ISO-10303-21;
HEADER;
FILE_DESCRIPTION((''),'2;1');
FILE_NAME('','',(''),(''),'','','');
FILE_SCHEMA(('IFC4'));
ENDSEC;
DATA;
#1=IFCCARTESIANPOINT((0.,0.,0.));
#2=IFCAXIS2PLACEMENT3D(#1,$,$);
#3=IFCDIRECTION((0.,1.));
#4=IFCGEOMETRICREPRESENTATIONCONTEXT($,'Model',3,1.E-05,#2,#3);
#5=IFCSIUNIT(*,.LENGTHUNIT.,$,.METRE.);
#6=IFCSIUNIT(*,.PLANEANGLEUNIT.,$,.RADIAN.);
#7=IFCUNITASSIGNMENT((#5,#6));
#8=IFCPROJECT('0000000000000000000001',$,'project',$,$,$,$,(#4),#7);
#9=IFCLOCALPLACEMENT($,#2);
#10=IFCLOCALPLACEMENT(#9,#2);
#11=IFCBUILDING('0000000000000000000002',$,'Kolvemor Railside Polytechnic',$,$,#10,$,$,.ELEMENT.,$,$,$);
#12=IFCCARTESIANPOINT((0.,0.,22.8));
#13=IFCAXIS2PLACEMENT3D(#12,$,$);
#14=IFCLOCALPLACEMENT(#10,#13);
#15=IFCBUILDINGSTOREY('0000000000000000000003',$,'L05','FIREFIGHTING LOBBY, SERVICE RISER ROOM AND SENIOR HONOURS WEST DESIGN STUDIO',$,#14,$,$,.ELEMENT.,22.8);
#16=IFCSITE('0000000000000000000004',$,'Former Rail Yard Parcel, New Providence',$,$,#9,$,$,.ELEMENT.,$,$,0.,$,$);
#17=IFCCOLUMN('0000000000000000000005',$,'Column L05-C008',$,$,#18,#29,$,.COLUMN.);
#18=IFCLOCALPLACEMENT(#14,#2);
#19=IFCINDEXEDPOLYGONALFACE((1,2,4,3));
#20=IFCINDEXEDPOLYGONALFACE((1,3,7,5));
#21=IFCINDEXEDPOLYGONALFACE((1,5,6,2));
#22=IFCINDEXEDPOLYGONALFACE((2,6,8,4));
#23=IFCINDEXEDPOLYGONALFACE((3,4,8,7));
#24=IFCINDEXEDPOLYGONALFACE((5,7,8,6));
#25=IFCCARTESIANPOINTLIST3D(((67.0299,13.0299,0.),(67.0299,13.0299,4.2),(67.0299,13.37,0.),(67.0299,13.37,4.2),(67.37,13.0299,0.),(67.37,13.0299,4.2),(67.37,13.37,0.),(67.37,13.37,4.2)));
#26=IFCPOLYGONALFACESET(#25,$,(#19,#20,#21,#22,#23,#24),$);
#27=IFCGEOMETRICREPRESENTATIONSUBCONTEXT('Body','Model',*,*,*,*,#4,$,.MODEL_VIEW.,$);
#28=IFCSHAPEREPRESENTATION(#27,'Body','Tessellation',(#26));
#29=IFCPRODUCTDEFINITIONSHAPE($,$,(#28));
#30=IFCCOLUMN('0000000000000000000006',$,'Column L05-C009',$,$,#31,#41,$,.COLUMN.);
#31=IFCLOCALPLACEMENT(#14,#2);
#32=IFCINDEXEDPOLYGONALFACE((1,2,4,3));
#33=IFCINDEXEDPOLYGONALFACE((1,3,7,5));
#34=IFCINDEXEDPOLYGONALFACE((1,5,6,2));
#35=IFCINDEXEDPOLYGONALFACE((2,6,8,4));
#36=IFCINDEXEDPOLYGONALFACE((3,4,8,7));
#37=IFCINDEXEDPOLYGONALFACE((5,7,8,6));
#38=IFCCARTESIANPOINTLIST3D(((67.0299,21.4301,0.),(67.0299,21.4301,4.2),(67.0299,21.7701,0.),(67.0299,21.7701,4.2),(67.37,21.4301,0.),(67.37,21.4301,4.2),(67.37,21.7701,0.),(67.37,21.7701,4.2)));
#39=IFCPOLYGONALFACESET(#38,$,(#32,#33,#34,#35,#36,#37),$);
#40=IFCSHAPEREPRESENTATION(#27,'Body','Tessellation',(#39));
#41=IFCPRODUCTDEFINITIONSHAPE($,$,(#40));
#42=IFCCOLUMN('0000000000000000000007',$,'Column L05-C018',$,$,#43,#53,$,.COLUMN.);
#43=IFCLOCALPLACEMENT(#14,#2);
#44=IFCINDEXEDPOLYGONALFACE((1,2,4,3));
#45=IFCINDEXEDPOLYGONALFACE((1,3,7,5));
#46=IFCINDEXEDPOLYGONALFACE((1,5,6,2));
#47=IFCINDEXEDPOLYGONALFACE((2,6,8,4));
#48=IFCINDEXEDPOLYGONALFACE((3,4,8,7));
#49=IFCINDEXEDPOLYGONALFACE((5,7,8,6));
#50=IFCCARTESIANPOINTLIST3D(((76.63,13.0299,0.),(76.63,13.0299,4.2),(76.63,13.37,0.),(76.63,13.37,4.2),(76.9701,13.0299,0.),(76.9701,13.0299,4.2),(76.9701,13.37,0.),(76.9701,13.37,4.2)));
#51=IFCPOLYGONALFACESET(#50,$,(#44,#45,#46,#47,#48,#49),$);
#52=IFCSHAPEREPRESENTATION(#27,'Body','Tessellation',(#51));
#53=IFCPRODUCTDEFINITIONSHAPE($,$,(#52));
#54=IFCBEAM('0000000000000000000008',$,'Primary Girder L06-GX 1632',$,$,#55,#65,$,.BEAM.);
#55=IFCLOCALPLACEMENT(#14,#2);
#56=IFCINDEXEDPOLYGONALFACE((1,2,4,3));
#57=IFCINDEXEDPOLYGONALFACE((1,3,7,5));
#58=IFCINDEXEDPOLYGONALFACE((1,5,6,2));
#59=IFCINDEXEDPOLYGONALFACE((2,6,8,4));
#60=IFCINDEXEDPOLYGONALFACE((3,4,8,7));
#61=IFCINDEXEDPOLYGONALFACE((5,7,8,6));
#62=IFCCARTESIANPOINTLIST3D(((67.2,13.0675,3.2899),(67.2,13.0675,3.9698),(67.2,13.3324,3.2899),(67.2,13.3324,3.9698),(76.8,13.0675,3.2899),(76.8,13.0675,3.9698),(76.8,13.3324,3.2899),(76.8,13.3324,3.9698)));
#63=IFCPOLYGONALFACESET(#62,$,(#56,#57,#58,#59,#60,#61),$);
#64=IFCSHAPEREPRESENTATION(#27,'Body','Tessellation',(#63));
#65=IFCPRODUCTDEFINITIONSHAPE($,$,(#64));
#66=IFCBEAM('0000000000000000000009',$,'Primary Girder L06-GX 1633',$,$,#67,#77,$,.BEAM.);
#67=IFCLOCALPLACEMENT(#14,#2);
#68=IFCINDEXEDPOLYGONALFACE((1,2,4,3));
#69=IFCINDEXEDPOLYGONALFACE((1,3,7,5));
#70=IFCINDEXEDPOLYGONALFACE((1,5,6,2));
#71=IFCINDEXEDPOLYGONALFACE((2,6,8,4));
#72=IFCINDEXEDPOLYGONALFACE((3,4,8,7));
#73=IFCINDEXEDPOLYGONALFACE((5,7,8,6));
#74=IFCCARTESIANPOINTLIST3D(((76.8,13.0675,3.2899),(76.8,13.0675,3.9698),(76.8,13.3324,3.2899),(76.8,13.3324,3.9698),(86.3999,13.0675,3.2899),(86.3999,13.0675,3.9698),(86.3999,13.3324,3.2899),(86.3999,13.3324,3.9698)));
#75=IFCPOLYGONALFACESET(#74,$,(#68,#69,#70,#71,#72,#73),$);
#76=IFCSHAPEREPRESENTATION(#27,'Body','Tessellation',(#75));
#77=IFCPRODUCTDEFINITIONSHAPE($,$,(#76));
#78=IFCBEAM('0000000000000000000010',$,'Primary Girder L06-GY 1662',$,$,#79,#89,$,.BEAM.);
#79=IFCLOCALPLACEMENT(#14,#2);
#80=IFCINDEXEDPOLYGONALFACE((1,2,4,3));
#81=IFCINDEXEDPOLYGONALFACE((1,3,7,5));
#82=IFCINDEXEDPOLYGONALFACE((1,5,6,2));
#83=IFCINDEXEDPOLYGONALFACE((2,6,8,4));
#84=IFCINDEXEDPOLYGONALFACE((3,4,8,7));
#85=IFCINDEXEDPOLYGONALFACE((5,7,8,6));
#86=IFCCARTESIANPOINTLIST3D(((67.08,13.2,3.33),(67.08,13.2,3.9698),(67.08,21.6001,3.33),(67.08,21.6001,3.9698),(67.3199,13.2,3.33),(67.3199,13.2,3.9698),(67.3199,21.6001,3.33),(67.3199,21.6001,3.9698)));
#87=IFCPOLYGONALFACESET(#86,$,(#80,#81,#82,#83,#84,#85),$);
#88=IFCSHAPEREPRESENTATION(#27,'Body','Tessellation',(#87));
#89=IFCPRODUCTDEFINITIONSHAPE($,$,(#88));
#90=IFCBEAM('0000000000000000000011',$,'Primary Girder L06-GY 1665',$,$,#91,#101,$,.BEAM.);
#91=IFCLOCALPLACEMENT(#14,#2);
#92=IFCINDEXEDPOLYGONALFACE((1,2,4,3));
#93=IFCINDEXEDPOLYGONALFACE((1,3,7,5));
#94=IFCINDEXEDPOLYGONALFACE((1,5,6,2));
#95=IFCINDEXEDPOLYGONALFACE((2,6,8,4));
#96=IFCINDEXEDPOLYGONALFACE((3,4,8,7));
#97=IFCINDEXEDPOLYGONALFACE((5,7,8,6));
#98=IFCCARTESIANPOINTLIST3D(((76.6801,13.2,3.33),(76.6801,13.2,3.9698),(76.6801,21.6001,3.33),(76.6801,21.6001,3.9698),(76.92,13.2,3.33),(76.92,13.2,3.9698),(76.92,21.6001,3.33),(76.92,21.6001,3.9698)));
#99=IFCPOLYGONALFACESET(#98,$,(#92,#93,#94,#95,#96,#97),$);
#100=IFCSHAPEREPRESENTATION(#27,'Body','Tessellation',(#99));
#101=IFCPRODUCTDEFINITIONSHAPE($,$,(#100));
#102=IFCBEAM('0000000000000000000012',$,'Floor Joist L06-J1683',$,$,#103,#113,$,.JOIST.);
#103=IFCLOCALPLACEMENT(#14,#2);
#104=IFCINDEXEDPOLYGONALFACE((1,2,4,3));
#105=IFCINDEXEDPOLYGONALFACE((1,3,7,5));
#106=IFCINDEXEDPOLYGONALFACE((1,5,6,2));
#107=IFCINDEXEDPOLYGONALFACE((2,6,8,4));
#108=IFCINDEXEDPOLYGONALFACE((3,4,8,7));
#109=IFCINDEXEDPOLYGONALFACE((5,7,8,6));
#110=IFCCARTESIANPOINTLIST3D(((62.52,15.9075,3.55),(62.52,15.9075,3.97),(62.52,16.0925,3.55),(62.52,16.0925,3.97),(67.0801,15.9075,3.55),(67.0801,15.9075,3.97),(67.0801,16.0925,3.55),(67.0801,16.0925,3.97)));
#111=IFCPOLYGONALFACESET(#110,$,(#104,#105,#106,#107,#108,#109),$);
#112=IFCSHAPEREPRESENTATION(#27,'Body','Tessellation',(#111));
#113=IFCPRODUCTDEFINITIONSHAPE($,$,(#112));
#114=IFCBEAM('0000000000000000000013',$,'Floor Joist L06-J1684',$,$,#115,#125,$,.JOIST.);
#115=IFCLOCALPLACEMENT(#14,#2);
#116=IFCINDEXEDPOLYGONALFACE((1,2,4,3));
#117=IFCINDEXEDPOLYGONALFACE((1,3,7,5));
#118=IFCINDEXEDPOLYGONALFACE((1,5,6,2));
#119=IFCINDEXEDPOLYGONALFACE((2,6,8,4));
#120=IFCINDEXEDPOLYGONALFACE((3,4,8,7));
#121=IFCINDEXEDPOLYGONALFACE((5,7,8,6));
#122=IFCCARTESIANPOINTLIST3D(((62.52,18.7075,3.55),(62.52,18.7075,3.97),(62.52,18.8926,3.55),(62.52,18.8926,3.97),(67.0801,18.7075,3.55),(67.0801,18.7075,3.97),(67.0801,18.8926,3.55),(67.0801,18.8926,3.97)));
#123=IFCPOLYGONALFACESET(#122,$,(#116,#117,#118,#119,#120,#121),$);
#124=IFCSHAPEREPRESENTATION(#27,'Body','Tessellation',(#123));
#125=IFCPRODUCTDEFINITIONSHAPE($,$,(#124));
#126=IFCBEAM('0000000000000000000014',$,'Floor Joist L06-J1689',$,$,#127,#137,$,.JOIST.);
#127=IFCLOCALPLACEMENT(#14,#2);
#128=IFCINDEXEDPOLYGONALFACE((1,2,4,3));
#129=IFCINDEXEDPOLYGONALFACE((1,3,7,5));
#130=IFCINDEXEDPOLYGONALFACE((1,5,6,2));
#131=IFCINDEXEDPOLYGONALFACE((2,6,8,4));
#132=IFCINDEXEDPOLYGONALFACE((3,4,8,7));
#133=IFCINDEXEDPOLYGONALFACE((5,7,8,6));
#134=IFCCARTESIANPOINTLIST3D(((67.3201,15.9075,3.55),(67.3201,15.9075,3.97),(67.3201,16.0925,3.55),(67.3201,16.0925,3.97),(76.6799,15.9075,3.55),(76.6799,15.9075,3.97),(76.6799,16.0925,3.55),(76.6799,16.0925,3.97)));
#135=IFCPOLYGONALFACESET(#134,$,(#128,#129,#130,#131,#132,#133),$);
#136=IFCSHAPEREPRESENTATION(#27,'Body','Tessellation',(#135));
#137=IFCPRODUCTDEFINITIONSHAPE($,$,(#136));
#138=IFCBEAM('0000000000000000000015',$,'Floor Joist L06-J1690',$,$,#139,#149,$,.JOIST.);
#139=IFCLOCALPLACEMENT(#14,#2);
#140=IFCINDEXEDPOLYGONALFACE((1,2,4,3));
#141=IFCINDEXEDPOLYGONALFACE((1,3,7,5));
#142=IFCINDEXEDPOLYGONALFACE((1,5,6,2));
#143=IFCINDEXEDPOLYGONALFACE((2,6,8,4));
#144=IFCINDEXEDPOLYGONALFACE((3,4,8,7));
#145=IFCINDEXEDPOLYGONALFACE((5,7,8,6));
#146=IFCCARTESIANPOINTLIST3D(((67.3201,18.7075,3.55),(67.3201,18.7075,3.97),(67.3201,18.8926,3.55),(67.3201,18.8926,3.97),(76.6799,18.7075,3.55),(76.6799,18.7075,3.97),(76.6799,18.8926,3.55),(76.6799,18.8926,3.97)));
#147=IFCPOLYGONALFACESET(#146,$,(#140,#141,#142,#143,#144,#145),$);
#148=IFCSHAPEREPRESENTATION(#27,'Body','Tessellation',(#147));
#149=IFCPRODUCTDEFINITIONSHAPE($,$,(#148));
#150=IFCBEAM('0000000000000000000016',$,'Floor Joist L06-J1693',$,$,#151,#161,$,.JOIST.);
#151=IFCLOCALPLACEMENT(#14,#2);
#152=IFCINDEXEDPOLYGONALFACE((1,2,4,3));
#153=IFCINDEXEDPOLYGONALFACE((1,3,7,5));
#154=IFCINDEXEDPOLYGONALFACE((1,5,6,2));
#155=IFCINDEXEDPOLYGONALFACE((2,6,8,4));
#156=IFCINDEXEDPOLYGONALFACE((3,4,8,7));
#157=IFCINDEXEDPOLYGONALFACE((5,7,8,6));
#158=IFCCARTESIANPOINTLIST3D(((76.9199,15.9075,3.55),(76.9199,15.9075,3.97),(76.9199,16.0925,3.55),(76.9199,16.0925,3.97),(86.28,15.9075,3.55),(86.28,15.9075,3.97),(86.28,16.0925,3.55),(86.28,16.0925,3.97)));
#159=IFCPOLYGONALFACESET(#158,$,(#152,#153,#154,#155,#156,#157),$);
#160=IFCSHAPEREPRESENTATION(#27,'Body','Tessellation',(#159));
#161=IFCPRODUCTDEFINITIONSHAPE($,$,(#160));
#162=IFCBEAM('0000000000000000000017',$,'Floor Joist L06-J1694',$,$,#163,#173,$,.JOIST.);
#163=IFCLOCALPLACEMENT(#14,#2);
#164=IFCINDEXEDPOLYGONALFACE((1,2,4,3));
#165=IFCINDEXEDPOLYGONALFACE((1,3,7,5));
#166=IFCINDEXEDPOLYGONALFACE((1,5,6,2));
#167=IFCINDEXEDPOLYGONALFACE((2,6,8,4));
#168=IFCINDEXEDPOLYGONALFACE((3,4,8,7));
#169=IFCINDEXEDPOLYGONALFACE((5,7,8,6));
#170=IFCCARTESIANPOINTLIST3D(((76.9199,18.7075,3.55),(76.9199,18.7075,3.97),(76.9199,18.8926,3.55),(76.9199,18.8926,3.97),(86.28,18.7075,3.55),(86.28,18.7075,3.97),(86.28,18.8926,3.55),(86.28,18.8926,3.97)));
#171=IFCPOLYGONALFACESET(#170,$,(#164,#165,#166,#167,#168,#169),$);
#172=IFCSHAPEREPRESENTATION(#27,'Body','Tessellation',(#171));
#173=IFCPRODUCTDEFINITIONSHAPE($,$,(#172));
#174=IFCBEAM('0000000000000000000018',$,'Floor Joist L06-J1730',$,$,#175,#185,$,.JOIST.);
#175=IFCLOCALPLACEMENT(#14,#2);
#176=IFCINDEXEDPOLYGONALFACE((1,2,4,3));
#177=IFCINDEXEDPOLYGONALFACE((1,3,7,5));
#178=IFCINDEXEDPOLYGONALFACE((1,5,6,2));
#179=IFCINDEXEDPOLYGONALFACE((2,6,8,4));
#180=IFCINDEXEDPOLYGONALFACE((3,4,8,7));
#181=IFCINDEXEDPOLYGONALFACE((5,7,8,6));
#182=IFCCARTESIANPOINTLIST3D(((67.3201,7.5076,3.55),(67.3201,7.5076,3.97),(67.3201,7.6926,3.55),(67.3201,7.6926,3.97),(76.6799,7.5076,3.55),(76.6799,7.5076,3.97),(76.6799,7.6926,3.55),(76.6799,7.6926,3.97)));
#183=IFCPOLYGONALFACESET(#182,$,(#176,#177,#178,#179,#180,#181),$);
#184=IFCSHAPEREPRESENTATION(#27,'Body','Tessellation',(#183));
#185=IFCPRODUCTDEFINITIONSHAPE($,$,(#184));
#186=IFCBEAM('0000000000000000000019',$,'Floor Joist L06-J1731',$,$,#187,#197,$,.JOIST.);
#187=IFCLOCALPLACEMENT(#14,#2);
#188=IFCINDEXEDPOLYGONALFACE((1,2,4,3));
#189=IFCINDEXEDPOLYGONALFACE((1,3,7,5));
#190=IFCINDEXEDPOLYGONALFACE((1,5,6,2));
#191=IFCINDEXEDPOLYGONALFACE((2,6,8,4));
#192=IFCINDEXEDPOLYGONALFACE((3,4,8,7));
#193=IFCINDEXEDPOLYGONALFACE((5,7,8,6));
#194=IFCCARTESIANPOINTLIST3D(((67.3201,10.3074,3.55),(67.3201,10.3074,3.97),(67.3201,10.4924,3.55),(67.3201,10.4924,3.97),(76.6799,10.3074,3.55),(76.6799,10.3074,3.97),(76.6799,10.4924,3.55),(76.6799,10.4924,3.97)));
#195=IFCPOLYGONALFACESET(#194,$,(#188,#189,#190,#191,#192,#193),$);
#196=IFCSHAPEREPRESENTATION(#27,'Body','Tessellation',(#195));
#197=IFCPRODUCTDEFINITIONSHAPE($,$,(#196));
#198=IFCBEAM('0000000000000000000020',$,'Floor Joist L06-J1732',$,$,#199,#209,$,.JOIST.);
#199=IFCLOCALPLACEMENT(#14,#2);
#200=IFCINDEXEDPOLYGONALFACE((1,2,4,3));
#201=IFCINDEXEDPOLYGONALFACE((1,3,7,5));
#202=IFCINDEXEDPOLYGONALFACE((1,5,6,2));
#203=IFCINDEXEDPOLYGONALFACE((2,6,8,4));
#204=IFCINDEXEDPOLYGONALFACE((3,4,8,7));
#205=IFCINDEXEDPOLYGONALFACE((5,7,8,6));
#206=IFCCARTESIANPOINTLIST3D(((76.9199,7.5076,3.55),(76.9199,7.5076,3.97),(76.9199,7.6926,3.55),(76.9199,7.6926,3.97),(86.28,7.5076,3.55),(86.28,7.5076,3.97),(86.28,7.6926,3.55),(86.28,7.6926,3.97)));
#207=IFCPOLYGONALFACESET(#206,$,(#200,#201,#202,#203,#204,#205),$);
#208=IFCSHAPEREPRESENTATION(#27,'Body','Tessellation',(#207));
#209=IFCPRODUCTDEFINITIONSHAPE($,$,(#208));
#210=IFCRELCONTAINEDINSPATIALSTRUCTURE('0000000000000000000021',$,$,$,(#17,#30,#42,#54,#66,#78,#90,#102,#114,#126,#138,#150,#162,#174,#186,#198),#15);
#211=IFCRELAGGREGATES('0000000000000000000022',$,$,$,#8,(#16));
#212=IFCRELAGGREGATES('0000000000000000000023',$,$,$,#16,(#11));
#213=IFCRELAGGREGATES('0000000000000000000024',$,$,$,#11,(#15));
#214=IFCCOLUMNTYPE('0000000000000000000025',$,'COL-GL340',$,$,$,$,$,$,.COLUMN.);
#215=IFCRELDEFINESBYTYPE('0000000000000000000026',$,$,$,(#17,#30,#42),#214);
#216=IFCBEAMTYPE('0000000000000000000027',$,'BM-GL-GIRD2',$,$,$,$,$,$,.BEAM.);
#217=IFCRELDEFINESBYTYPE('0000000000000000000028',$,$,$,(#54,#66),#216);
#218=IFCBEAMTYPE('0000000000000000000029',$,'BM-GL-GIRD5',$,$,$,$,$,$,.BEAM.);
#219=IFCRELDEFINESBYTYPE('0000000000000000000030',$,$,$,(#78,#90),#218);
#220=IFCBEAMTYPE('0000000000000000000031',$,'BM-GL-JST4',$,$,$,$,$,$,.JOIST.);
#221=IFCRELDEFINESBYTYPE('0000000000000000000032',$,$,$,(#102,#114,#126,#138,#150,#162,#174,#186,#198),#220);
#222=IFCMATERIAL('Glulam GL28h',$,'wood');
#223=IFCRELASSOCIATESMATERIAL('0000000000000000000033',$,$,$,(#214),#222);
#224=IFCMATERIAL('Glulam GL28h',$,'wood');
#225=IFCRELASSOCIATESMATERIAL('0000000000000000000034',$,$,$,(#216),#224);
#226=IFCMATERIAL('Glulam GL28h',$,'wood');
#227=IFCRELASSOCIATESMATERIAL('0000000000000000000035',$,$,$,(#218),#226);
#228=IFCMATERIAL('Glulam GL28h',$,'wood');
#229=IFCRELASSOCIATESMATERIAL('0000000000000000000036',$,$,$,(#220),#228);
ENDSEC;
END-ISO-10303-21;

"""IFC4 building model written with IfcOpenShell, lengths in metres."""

from ifc_helpers import new_model, si_unit, direction, frame, origin, origin_2d, place, context, subcontext, project, spatial, rectangle, extrude, material, material_profile, profile_set, type_object, element, save


model = new_model("IFC4")

# Units and contexts
model_context = context("Model", 3, precision=1e-05, world=origin(), true_north=direction((0.0, 1.0)))
body_context = subcontext(model_context, "Body", "Model", "MODEL_VIEW")
ifc_project = project(units=[si_unit("LENGTHUNIT", "METRE"), si_unit("PLANEANGLEUNIT", "RADIAN")], contexts=[model_context])

# Site, building, storey
site_placement = place(None, origin())
site = spatial("IfcSite", under=ifc_project, at=site_placement, Name="Former Rail Yard Parcel, New Providence", CompositionType="ELEMENT", RefElevation=0.0)
building_placement = place(site_placement, origin())
building = spatial("IfcBuilding", under=site, at=building_placement, Name="Kolvemor Railside Polytechnic", CompositionType="ELEMENT")
storey_placement = place(building_placement, frame((0.0, 0.0, 22.8)))
storey = spatial("IfcBuildingStorey", under=building, at=storey_placement, Name="L05", Description="FIREFIGHTING LOBBY, SERVICE RISER ROOM AND SENIOR HONOURS WEST DESIGN STUDIO", CompositionType="ELEMENT", Elevation=22.8)

# Columns
ifc_material_1 = material(Name="Glulam GL28h", Category="wood")
ifc_material_profile_1 = material_profile(ifc_material_1, rectangle(XDim=0.3401, YDim=0.3401, at=origin_2d()), Name="GL340x340")
ifc_profile_set_1 = profile_set([ifc_material_profile_1], Name="Glulam GL28h")
column_type = type_object("IfcColumnType", Name="COL-GL340", PredefinedType="COLUMN", material=ifc_profile_set_1)
for number, where, z_axis, x_axis, name in (
    (1, (67.2, 13.2, 0.0), (0.0, 0.0, 1.0), (1.0, 0.0, 0.0), "Column L05-C008"),
    (2, (67.2, 21.6001, 0.0), (0.0, 0.0, 1.0), (1.0, 0.0, 0.0), "Column L05-C009"),
    (3, (76.8, 13.2, 0.0), (0.0, 0.0, 1.0), (1.0, 0.0, 0.0), "Column L05-C018"),
):
    element("IfcColumn", number, at=place(storey_placement, frame(where, z_axis=z_axis, x_axis=x_axis)), inside=storey, type_object=column_type, Name=name, PredefinedType="COLUMN", context=body_context, shape_type="SweptSolid", body=[
        extrude(rectangle(XDim=0.3401, YDim=0.3401, at=origin_2d()), origin(), (0.0, 0.0, 1.0), 4.2),
    ])

# Beams
ifc_material_2 = material(Name="Glulam GL28h", Category="wood")
ifc_material_profile_2 = material_profile(ifc_material_2, rectangle(XDim=0.2649, YDim=0.6799, at=origin_2d()), Name="GL265x680")
ifc_profile_set_2 = profile_set([ifc_material_profile_2], Name="Glulam GL28h")
beam_type_1 = type_object("IfcBeamType", Name="BM-GL-GIRD2", PredefinedType="BEAM", material=ifc_profile_set_2)
beam_1_placement = place(storey_placement, frame((67.2, 13.2, 3.6299), z_axis=(1.0, 0.0, 0.0), x_axis=(0.0, 1.0, 0.0)))
element("IfcBeam", 4, at=beam_1_placement, inside=storey, type_object=beam_type_1, Name="Primary Girder L06-GX 1632", PredefinedType="BEAM", context=body_context, shape_type="SweptSolid", body=[
    extrude(rectangle(XDim=0.2649, YDim=0.6799, at=origin_2d()), origin(), (0.0, 0.0, 1.0), 9.6001),
])
beam_2_placement = place(storey_placement, frame((76.8, 13.2, 3.6299), z_axis=(1.0, 0.0, 0.0), x_axis=(0.0, 1.0, 0.0)))
element("IfcBeam", 5, at=beam_2_placement, inside=storey, type_object=beam_type_1, Name="Primary Girder L06-GX 1633", PredefinedType="BEAM", context=body_context, shape_type="SweptSolid", body=[
    extrude(rectangle(XDim=0.2649, YDim=0.6799, at=origin_2d()), origin(), (0.0, 0.0, 1.0), 9.5999),
])
ifc_material_3 = material(Name="Glulam GL28h", Category="wood")
ifc_material_profile_3 = material_profile(ifc_material_3, rectangle(XDim=0.24, YDim=0.6399, at=origin_2d()), Name="GL240x640")
ifc_profile_set_3 = profile_set([ifc_material_profile_3], Name="Glulam GL28h")
beam_type_2 = type_object("IfcBeamType", Name="BM-GL-GIRD5", PredefinedType="BEAM", material=ifc_profile_set_3)
for number, where, z_axis, x_axis, name in (
    (6, (67.2, 13.2, 3.6499), (0.0, 1.0, 0.0), (-1.0, 0.0, 0.0), "Primary Girder L06-GY 1662"),
    (7, (76.8, 13.2, 3.6499), (0.0, 1.0, 0.0), (-1.0, 0.0, 0.0), "Primary Girder L06-GY 1665"),
):
    element("IfcBeam", number, at=place(storey_placement, frame(where, z_axis=z_axis, x_axis=x_axis)), inside=storey, type_object=beam_type_2, Name=name, PredefinedType="BEAM", context=body_context, shape_type="SweptSolid", body=[
        extrude(rectangle(XDim=0.24, YDim=0.6399, at=origin_2d()), origin(), (0.0, 0.0, 1.0), 8.4001),
    ])
ifc_material_4 = material(Name="Glulam GL28h", Category="wood")
ifc_material_profile_4 = material_profile(ifc_material_4, rectangle(XDim=0.1851, YDim=0.4199, at=origin_2d()), Name="GL185x420")
ifc_profile_set_4 = profile_set([ifc_material_profile_4], Name="Glulam GL28h")
beam_type_3 = type_object("IfcBeamType", Name="BM-GL-JST4", PredefinedType="JOIST", material=ifc_profile_set_4)
for number, where, z_axis, x_axis, name in (
    (8, (62.52, 16.0, 3.76), (1.0, 0.0, 0.0), (0.0, 1.0, 0.0), "Floor Joist L06-J1683"),
    (9, (62.52, 18.8, 3.76), (1.0, 0.0, 0.0), (0.0, 1.0, 0.0), "Floor Joist L06-J1684"),
):
    element("IfcBeam", number, at=place(storey_placement, frame(where, z_axis=z_axis, x_axis=x_axis)), inside=storey, type_object=beam_type_3, Name=name, PredefinedType="JOIST", context=body_context, shape_type="SweptSolid", body=[
        extrude(rectangle(XDim=0.1851, YDim=0.4199, at=origin_2d()), origin(), (0.0, 0.0, 1.0), 4.5601),
    ])
for number, where, z_axis, x_axis, name in (
    (10, (67.3201, 16.0, 3.76), (1.0, 0.0, 0.0), (0.0, 1.0, 0.0), "Floor Joist L06-J1689"),
    (11, (67.3201, 18.8, 3.76), (1.0, 0.0, 0.0), (0.0, 1.0, 0.0), "Floor Joist L06-J1690"),
):
    element("IfcBeam", number, at=place(storey_placement, frame(where, z_axis=z_axis, x_axis=x_axis)), inside=storey, type_object=beam_type_3, Name=name, PredefinedType="JOIST", context=body_context, shape_type="SweptSolid", body=[
        extrude(rectangle(XDim=0.1851, YDim=0.4199, at=origin_2d()), origin(), (0.0, 0.0, 1.0), 9.3599),
    ])
for number, where, z_axis, x_axis, name in (
    (12, (76.9199, 16.0, 3.76), (1.0, 0.0, 0.0), (0.0, 1.0, 0.0), "Floor Joist L06-J1693"),
    (13, (76.9199, 18.8, 3.76), (1.0, 0.0, 0.0), (0.0, 1.0, 0.0), "Floor Joist L06-J1694"),
):
    element("IfcBeam", number, at=place(storey_placement, frame(where, z_axis=z_axis, x_axis=x_axis)), inside=storey, type_object=beam_type_3, Name=name, PredefinedType="JOIST", context=body_context, shape_type="SweptSolid", body=[
        extrude(rectangle(XDim=0.1851, YDim=0.4199, at=origin_2d()), origin(), (0.0, 0.0, 1.0), 9.3601),
    ])
for number, where, z_axis, x_axis, name in (
    (14, (67.3201, 7.6001, 3.76), (1.0, 0.0, 0.0), (0.0, 1.0, 0.0), "Floor Joist L06-J1730"),
    (15, (67.3201, 10.3999, 3.76), (1.0, 0.0, 0.0), (0.0, 1.0, 0.0), "Floor Joist L06-J1731"),
):
    element("IfcBeam", number, at=place(storey_placement, frame(where, z_axis=z_axis, x_axis=x_axis)), inside=storey, type_object=beam_type_3, Name=name, PredefinedType="JOIST", context=body_context, shape_type="SweptSolid", body=[
        extrude(rectangle(XDim=0.1851, YDim=0.4199, at=origin_2d()), origin(), (0.0, 0.0, 1.0), 9.3599),
    ])
for number, where, z_axis, x_axis, name in (
    (16, (76.9199, 7.6001, 3.76), (1.0, 0.0, 0.0), (0.0, 1.0, 0.0), "Floor Joist L06-J1732"),
):
    element("IfcBeam", number, at=place(storey_placement, frame(where, z_axis=z_axis, x_axis=x_axis)), inside=storey, type_object=beam_type_3, Name=name, PredefinedType="JOIST", context=body_context, shape_type="SweptSolid", body=[
        extrude(rectangle(XDim=0.1851, YDim=0.4199, at=origin_2d()), origin(), (0.0, 0.0, 1.0), 9.3601),
    ])

save(model, "model.ifc")
